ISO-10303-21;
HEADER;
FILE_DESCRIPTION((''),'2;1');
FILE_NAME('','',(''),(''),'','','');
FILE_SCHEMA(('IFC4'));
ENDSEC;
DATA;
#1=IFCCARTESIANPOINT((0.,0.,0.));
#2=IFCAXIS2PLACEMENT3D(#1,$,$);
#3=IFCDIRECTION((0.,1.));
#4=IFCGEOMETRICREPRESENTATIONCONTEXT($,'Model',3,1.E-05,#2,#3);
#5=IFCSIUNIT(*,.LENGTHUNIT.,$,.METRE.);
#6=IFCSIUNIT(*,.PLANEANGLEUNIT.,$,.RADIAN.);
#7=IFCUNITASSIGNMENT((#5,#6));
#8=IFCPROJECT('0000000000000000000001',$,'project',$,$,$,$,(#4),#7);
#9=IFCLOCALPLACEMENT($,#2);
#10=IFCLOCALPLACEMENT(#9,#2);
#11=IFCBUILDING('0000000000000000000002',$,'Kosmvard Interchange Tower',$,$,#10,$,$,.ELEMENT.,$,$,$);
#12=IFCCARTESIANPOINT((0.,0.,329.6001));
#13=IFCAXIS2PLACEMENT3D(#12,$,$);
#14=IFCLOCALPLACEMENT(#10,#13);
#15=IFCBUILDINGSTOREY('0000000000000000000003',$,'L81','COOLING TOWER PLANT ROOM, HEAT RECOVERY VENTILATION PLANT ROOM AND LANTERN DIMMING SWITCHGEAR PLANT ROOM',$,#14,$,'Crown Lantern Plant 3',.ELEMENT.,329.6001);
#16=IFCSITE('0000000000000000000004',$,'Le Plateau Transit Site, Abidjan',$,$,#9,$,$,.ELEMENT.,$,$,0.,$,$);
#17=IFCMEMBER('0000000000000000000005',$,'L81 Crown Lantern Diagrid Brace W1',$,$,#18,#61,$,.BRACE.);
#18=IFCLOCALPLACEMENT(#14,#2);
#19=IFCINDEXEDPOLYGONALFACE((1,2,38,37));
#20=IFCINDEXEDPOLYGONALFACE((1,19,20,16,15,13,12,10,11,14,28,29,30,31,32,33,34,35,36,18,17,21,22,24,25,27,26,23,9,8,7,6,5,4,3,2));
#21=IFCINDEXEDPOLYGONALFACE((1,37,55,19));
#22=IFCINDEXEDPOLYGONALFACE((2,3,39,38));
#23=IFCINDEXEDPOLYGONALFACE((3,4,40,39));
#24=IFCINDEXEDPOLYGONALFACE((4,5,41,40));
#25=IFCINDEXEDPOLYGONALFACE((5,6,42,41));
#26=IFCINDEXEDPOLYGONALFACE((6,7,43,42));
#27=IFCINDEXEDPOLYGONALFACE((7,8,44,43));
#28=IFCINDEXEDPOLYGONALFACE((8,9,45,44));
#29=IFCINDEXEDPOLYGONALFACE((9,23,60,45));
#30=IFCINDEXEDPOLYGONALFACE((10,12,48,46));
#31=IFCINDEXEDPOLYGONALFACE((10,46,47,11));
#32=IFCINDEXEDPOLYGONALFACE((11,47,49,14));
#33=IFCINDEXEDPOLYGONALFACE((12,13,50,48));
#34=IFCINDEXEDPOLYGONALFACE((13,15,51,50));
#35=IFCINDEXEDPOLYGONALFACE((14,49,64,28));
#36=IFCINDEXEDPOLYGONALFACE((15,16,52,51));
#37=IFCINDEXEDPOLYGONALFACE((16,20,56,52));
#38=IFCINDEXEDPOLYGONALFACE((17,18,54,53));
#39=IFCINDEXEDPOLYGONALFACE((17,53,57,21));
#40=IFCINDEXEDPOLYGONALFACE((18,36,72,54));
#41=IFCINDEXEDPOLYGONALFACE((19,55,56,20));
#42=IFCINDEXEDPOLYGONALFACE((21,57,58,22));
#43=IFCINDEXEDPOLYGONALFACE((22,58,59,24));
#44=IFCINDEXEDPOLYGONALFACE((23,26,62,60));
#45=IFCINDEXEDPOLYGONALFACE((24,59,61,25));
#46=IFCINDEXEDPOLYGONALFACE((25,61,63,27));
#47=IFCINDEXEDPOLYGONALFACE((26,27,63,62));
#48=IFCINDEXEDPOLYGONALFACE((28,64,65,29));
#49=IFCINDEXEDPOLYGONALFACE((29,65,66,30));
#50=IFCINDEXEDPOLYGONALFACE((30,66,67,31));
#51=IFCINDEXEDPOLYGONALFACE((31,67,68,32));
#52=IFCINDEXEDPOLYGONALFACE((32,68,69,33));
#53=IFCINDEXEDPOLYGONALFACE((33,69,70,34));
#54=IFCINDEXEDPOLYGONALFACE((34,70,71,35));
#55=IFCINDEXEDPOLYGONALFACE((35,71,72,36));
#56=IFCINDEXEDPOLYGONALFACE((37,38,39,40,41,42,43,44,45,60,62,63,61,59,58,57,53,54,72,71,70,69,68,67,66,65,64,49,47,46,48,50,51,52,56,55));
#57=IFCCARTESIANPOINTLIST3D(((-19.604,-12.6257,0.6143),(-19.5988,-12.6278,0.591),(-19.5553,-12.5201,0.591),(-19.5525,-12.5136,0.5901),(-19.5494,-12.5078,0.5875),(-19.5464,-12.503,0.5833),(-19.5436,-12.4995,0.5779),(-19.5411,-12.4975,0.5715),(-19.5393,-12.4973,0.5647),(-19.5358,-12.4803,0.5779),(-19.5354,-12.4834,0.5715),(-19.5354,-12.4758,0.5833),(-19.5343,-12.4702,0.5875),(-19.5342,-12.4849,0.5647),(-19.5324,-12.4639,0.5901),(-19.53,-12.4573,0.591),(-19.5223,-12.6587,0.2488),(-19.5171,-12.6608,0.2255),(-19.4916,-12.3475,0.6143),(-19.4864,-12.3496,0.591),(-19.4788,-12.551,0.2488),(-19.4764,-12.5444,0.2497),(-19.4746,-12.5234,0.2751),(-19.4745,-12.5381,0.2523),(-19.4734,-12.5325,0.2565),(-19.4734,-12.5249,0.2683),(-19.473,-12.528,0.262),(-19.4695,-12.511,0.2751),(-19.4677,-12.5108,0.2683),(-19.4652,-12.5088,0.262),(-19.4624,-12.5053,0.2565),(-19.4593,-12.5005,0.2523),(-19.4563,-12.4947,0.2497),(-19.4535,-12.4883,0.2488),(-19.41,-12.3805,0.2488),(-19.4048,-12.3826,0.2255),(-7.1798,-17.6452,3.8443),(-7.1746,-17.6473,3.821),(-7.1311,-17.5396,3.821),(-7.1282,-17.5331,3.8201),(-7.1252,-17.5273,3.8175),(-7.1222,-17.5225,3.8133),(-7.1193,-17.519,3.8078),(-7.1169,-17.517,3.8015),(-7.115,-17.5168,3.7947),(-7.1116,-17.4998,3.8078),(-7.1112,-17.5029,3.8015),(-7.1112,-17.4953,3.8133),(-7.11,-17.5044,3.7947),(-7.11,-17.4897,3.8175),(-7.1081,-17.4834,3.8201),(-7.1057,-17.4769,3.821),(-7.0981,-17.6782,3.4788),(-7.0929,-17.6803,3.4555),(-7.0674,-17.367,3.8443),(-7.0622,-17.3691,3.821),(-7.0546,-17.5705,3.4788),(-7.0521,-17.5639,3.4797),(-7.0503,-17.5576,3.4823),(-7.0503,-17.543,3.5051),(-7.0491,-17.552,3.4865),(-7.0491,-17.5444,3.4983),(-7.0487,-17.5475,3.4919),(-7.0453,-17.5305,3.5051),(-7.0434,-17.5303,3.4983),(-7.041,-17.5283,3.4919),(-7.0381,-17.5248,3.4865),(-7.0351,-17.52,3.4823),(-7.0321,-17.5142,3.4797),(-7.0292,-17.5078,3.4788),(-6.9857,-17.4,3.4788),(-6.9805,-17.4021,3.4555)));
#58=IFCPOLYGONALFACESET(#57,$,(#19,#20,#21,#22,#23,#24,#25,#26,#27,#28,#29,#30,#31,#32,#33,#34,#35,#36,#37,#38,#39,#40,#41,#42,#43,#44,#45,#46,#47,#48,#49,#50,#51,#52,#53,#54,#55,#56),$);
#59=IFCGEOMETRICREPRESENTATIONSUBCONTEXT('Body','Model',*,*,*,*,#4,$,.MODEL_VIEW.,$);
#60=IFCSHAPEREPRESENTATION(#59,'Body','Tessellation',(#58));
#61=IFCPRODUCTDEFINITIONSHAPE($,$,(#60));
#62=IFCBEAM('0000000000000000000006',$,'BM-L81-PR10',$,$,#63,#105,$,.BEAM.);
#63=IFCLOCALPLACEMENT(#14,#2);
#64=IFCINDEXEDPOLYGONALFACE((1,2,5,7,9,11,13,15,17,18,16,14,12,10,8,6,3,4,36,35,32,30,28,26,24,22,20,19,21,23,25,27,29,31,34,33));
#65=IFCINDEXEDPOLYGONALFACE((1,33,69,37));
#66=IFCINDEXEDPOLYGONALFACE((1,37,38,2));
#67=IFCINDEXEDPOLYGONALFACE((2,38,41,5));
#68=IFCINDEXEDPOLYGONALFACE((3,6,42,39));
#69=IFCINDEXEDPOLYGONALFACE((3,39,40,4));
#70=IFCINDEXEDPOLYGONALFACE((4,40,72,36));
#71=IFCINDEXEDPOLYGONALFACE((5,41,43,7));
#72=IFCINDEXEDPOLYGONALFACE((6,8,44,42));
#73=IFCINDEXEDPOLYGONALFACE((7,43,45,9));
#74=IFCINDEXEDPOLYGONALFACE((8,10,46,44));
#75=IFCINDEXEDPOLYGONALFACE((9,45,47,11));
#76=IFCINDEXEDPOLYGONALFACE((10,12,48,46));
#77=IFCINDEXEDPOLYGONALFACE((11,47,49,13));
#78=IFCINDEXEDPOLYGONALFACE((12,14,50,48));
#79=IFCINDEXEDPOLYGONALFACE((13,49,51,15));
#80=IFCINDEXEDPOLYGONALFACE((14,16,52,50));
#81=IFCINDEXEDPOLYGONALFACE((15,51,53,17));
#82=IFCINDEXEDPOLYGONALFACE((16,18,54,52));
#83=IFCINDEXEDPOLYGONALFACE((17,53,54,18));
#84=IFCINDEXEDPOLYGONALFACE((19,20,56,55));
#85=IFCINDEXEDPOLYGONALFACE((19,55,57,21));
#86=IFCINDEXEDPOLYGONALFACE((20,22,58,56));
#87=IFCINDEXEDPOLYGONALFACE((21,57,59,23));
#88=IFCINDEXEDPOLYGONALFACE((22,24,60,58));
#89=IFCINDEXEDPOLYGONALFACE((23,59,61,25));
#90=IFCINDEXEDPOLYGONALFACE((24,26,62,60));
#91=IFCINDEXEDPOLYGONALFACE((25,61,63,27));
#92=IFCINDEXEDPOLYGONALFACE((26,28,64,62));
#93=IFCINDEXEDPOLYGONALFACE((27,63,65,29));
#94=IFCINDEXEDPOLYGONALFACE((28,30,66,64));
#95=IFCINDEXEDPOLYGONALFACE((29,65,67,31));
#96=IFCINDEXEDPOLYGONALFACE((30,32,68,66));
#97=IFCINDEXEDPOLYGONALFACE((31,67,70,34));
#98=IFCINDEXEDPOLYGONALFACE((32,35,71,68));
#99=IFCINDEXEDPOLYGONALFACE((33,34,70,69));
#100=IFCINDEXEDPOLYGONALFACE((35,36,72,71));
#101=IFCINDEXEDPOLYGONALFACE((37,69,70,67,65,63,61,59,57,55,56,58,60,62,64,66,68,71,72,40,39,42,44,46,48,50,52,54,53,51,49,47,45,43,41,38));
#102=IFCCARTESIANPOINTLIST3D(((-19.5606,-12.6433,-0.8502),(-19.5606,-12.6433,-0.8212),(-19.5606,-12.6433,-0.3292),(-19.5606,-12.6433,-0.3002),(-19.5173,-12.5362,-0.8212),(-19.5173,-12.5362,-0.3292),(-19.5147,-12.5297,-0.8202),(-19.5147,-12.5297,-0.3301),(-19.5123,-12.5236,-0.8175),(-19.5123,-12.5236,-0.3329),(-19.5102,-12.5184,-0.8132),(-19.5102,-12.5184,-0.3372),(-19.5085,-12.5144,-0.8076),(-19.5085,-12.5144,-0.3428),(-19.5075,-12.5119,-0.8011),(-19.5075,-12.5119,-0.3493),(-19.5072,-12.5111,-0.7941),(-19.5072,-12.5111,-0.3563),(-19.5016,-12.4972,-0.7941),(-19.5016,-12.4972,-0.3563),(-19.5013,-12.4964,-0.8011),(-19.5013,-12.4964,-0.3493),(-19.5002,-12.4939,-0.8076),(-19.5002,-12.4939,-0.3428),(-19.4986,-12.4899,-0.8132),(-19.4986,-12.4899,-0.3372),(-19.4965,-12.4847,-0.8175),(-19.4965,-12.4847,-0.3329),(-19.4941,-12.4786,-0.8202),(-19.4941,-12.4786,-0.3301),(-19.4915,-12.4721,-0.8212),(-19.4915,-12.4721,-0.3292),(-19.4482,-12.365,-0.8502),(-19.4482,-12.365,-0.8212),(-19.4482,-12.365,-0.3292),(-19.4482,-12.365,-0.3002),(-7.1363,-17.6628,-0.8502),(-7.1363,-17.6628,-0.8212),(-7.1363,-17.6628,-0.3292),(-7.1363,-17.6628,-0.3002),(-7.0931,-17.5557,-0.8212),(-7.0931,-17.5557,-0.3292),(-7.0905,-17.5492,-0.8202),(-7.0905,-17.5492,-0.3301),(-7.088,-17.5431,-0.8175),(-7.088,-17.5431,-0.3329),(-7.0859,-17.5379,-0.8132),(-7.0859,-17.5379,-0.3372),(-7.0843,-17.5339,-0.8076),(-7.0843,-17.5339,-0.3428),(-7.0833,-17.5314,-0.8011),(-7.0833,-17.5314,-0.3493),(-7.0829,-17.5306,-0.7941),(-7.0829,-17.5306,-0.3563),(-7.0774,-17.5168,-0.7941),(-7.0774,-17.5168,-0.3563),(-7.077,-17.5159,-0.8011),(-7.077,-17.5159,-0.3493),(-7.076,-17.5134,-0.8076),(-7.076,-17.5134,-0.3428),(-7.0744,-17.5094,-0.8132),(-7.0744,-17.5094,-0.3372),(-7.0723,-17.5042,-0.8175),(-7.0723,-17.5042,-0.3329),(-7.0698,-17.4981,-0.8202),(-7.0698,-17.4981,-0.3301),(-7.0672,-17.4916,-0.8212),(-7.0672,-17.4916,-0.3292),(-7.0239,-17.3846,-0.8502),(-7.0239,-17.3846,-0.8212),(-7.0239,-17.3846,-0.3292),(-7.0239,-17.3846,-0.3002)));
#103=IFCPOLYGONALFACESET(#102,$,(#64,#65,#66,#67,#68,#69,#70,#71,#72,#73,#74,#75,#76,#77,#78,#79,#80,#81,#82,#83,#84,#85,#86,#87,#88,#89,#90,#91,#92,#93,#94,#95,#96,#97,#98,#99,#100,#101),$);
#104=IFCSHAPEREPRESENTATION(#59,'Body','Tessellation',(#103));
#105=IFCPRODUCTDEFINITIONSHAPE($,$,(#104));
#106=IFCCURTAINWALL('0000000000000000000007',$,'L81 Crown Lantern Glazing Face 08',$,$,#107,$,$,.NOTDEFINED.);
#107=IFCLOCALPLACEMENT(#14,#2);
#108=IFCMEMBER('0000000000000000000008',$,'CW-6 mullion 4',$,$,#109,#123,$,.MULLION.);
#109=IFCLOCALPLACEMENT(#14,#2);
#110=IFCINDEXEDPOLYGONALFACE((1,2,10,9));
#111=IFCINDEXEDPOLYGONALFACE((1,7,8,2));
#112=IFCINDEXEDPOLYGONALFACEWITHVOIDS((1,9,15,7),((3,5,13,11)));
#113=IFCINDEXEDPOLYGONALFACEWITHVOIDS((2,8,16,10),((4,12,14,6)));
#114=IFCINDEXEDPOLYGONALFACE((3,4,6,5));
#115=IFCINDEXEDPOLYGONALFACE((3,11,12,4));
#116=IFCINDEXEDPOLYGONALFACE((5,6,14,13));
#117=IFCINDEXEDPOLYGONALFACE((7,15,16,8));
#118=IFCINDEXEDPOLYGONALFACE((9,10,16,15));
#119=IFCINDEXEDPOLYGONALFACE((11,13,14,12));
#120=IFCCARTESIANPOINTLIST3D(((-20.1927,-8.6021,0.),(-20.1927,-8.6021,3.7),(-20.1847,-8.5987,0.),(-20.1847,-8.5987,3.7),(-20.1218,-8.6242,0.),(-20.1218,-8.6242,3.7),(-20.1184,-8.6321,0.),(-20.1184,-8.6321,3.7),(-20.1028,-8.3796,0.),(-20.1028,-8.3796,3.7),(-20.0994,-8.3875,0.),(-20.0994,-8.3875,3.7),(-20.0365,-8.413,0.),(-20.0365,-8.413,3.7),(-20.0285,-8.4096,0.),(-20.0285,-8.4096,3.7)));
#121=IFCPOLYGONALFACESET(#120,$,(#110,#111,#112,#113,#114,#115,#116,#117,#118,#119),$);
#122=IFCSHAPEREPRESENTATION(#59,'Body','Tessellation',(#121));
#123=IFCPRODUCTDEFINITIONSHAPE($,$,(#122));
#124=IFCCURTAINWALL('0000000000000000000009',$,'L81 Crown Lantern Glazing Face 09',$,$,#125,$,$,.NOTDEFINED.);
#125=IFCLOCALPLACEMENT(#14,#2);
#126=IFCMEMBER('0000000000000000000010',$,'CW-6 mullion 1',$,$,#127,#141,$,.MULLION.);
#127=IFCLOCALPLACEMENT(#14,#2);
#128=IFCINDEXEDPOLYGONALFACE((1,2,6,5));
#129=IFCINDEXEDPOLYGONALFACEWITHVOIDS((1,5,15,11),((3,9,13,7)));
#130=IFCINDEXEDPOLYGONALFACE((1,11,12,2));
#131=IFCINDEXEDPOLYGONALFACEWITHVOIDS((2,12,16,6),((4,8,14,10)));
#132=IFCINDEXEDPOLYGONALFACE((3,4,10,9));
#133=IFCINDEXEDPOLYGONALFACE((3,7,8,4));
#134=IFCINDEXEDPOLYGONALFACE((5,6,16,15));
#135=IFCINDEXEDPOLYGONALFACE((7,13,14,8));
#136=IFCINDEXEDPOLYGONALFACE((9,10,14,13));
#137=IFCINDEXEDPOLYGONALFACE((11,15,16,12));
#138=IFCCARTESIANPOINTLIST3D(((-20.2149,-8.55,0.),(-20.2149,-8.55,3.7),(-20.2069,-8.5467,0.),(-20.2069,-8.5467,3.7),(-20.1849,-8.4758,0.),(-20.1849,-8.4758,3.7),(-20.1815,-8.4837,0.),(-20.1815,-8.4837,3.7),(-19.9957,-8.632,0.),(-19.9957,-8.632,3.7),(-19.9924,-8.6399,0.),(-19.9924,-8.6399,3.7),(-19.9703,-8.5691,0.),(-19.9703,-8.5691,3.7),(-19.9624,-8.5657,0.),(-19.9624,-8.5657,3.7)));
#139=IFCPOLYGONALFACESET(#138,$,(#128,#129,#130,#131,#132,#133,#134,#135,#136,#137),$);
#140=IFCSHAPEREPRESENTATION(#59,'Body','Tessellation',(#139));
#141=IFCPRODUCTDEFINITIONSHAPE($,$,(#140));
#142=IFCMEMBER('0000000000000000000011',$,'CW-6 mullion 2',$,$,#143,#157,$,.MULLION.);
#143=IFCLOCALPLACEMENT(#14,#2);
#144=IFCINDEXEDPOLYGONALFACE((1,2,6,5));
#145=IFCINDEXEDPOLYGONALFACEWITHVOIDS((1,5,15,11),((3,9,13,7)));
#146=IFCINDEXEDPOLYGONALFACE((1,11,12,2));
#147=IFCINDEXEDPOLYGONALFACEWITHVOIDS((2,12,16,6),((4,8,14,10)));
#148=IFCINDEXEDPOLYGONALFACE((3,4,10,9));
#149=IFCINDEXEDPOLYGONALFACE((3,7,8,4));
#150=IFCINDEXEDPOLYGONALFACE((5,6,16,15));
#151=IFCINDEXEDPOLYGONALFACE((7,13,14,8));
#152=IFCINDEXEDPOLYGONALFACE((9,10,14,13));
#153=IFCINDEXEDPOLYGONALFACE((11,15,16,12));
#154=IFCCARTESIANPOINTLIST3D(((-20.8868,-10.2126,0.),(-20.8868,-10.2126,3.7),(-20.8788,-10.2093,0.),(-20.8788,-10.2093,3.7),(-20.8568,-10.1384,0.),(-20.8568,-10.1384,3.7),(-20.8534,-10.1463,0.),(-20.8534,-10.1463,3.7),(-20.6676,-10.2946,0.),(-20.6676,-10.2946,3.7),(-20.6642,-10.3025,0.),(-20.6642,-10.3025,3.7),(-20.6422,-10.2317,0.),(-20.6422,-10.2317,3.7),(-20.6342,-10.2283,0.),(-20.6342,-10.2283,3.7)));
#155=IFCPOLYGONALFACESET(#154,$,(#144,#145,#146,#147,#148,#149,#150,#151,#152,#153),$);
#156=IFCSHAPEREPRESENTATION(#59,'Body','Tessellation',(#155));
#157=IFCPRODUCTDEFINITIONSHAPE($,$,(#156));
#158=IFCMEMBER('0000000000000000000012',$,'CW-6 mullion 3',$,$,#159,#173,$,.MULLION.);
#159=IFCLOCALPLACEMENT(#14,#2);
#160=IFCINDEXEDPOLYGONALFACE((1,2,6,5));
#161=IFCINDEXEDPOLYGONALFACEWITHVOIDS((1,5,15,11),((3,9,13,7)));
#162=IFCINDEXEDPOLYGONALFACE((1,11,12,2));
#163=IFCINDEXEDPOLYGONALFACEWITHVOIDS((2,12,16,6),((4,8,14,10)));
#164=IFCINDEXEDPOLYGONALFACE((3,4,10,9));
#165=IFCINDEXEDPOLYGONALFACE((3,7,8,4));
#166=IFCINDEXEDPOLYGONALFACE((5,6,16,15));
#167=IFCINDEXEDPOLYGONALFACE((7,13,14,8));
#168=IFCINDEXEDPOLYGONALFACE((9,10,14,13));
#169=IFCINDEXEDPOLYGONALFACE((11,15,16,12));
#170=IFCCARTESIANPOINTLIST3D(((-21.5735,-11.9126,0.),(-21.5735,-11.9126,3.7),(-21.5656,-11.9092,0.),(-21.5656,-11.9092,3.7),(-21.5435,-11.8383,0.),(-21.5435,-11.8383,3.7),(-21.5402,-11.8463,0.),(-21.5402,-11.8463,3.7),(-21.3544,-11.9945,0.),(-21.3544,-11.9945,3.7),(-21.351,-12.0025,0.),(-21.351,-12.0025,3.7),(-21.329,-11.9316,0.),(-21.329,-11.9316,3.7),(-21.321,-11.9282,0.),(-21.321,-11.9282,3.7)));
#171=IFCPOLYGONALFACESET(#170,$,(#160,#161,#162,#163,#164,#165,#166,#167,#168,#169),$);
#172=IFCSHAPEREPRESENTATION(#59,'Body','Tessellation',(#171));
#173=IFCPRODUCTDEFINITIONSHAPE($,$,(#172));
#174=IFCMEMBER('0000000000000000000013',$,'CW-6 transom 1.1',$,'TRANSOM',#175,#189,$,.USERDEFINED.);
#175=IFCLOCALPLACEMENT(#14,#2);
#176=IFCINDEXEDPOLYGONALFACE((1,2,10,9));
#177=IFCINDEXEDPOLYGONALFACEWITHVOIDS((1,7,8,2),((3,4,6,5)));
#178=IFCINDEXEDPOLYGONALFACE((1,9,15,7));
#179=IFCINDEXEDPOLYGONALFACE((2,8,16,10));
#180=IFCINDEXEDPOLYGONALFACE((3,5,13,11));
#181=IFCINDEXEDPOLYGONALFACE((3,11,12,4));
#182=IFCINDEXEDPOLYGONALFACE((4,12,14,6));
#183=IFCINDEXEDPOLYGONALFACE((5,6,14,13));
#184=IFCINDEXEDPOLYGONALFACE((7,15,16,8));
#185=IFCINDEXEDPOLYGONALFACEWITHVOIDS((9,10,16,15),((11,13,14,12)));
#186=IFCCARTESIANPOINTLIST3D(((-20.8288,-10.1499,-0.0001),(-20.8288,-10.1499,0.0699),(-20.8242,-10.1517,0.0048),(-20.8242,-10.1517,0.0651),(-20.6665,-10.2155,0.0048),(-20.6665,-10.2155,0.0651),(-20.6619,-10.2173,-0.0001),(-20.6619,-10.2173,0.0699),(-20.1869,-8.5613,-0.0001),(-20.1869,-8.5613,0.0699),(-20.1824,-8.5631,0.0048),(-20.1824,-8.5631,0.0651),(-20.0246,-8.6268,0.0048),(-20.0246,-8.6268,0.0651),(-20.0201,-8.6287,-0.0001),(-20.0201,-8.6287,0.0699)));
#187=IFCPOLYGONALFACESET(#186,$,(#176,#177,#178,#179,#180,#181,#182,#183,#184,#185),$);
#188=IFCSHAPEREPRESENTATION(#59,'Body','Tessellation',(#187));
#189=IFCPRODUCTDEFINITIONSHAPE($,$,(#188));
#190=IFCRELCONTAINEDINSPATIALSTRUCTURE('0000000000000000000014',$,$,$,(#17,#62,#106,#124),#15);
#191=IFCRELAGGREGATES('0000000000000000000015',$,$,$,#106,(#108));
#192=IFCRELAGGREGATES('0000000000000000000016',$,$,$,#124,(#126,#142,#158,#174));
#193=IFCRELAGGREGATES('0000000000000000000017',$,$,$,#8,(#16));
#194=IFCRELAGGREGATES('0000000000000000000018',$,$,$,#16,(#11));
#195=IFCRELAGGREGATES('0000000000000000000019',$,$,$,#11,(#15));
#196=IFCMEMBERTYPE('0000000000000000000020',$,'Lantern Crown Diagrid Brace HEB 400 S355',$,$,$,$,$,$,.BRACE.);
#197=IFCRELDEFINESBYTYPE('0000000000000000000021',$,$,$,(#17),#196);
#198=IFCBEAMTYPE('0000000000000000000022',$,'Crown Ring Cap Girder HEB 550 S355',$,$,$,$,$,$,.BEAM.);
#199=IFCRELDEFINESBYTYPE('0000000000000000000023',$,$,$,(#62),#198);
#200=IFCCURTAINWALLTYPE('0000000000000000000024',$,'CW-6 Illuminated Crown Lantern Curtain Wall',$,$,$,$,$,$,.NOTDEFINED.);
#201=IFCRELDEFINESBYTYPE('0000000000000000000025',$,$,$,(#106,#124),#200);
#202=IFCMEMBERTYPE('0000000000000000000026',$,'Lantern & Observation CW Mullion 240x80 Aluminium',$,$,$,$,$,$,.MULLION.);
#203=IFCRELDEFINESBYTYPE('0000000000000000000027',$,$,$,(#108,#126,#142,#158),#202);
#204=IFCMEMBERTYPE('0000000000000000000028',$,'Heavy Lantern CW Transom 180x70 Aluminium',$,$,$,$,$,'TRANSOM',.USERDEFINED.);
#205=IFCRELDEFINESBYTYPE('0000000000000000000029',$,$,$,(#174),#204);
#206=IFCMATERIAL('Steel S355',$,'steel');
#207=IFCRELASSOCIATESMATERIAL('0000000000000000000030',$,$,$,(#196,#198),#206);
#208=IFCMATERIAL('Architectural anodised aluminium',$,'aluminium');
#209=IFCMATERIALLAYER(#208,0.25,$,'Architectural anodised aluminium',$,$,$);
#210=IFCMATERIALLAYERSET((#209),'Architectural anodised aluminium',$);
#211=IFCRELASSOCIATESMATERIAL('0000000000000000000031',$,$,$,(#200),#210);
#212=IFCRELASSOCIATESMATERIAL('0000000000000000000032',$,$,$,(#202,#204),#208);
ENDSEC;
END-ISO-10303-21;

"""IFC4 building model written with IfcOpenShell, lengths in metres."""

from ifc_helpers import new_model, si_unit, direction, frame, origin, origin_2d, place, context, subcontext, project, spatial, hollow_rectangle, i_section, extrude, source, transform, mapped, material, layer, layer_set, material_profile, profile_set, type_object, element, aggregate, save


model = new_model("IFC4")

# Units and contexts
model_context = context("Model", 3, precision=1e-05, world=origin(), true_north=direction((0.0, 1.0)))
body_context = subcontext(model_context, "Body", "Model", "MODEL_VIEW")
ifc_project = project(units=[si_unit("LENGTHUNIT", "METRE"), si_unit("PLANEANGLEUNIT", "RADIAN")], contexts=[model_context])

# Site, building, storey
site_placement = place(None, origin())
site = spatial("IfcSite", under=ifc_project, at=site_placement, Name="Le Plateau Transit Site, Abidjan", CompositionType="ELEMENT", RefElevation=0.0)
building_placement = place(site_placement, origin())
building = spatial("IfcBuilding", under=site, at=building_placement, Name="Kosmvard Interchange Tower", CompositionType="ELEMENT")
storey_placement = place(building_placement, frame((0.0, 0.0, 329.6001)))
storey = spatial("IfcBuildingStorey", under=building, at=storey_placement, Name="L81", Description="COOLING TOWER PLANT ROOM, HEAT RECOVERY VENTILATION PLANT ROOM AND LANTERN DIMMING SWITCHGEAR PLANT ROOM", LongName="Crown Lantern Plant 3", CompositionType="ELEMENT", Elevation=329.6001)

# Member
ifc_material_1 = material(Name="Steel S355", Category="steel")
ifc_material_profile_1 = material_profile(ifc_material_1, i_section(OverallWidth=0.3, OverallDepth=0.3999, WebThickness=0.0134, FlangeThickness=0.0239, FilletRadius=0.0271, at=origin_2d()), Name="HEB 400")
ifc_profile_set_1 = profile_set([ifc_material_profile_1], Name="Steel S355")
member_type_1 = type_object("IfcMemberType", Name="Lantern Crown Diagrid Brace HEB 400 S355", PredefinedType="BRACE", material=ifc_profile_set_1)
shared_shape_1 = source(origin(), body_context, "Body", "SweptSolid", [
    extrude(i_section(OverallWidth=0.3, OverallDepth=0.3999, WebThickness=0.0134, FlangeThickness=0.0239, FilletRadius=0.0271, at=origin_2d()), origin(), (0.0, 0.0, 1.0), 13.7837),
])
member_1_placement = place(storey_placement, frame((-19.5044, -12.5042, 0.4199), z_axis=(0.901373, -0.364163, 0.234332), x_axis=(0.374593, 0.92719, 0.0)))
element("IfcMember", 1, at=member_1_placement, inside=storey, type_object=member_type_1, Name="L81 Crown Lantern Diagrid Brace W1", PredefinedType="BRACE", context=body_context, shape_type="MappedRepresentation", body=[
    mapped(shared_shape_1, transform((0.0, 0.0, 0.0), scale=1.0)),
])

# Beam
ifc_material_profile_2 = material_profile(ifc_material_1, i_section(OverallWidth=0.3, OverallDepth=0.55, WebThickness=0.0149, FlangeThickness=0.0291, FilletRadius=0.0271, at=origin_2d()), Name="HEB 550")
ifc_profile_set_2 = profile_set([ifc_material_profile_2], Name="Steel S355")
beam_type = type_object("IfcBeamType", Name="Crown Ring Cap Girder HEB 550 S355", PredefinedType="BEAM", material=ifc_profile_set_2)
shared_shape_2 = source(origin(), body_context, "Body", "SweptSolid", [
    extrude(i_section(OverallWidth=0.3, OverallDepth=0.55, WebThickness=0.0149, FlangeThickness=0.0291, FilletRadius=0.0271, at=origin_2d()), origin(), (0.0, 0.0, 1.0), 13.3999),
])
beam_placement = place(storey_placement, frame((-19.5044, -12.5042, -0.5752), z_axis=(0.92719, -0.374593, 0.0), x_axis=(0.374593, 0.92719, 0.0)))
element("IfcBeam", 2, at=beam_placement, inside=storey, type_object=beam_type, Name="BM-L81-PR10", PredefinedType="BEAM", context=body_context, shape_type="MappedRepresentation", body=[
    mapped(shared_shape_2, transform((0.0, 0.0, 0.0), scale=1.0)),
])

# Curtain wall, member
ifc_material_2 = material(Name="Architectural anodised aluminium", Category="aluminium")
ifc_layer_1 = layer(ifc_material_2, 0.25, Name="Architectural anodised aluminium")
ifc_layer_set_1 = layer_set([ifc_layer_1], Name="Architectural anodised aluminium")
curtain_wall_type = type_object("IfcCurtainWallType", Name="CW-6 Illuminated Crown Lantern Curtain Wall", PredefinedType="NOTDEFINED", material=ifc_layer_set_1)
curtain_wall_1_placement = place(storey_placement, origin())
curtain_wall_1 = element("IfcCurtainWall", 3, at=curtain_wall_1_placement, inside=storey, type_object=curtain_wall_type, Name="L81 Crown Lantern Glazing Face 08", PredefinedType="NOTDEFINED")
ifc_material_profile_3 = material_profile(ifc_material_2, hollow_rectangle(XDim=0.24, YDim=0.0801, WallThickness=0.0061, at=origin_2d()), Name="CWM 240x80x6")
ifc_profile_set_3 = profile_set([ifc_material_profile_3], Name="Architectural anodised aluminium")
member_type_2 = type_object("IfcMemberType", Name="Lantern & Observation CW Mullion 240x80 Aluminium", PredefinedType="MULLION", material=ifc_profile_set_3)
shared_shape_3 = source(origin(), body_context, "Body", "SweptSolid", [
    extrude(hollow_rectangle(XDim=0.24, YDim=0.0801, WallThickness=0.0061, at=origin_2d()), origin(), (0.0, 0.0, 1.0), 3.7),
])
member_2_placement = place(storey_placement, frame((-20.1106, -8.5059, 0.0), z_axis=(0.0, 0.0, 1.0), x_axis=(0.374607, 0.927184, 0.0)))
member_2 = element("IfcMember", 4, at=member_2_placement, type_object=member_type_2, Name="CW-6 mullion 4", PredefinedType="MULLION", context=body_context, shape_type="MappedRepresentation", body=[
    mapped(shared_shape_3, transform((0.0, 0.0, 0.0), scale=1.0)),
])

# Curtain wall, members
curtain_wall_2_placement = place(storey_placement, origin())
curtain_wall_2 = element("IfcCurtainWall", 5, at=curtain_wall_2_placement, inside=storey, type_object=curtain_wall_type, Name="L81 Crown Lantern Glazing Face 09", PredefinedType="NOTDEFINED")
member_3_placement = place(storey_placement, frame((-20.0886, -8.5579, 0.0), z_axis=(0.0, 0.0, 1.0), x_axis=(0.927184, -0.374607, 0.0)))
member_3 = element("IfcMember", 6, at=member_3_placement, type_object=member_type_2, Name="CW-6 mullion 1", PredefinedType="MULLION", context=body_context, shape_type="MappedRepresentation", body=[
    mapped(shared_shape_3, transform((0.0, 0.0, 0.0), scale=1.0)),
])
member_4_placement = place(storey_placement, frame((-20.7605, -10.2205, 0.0), z_axis=(0.0, 0.0, 1.0), x_axis=(0.927184, -0.374607, 0.0)))
member_4 = element("IfcMember", 7, at=member_4_placement, type_object=member_type_2, Name="CW-6 mullion 2", PredefinedType="MULLION", context=body_context, shape_type="MappedRepresentation", body=[
    mapped(shared_shape_3, transform((0.0, 0.0, 0.0), scale=1.0)),
])
member_5_placement = place(storey_placement, frame((-21.4473, -11.9204, 0.0), z_axis=(0.0, 0.0, 1.0), x_axis=(0.927184, -0.374607, 0.0)))
member_5 = element("IfcMember", 8, at=member_5_placement, type_object=member_type_2, Name="CW-6 mullion 3", PredefinedType="MULLION", context=body_context, shape_type="MappedRepresentation", body=[
    mapped(shared_shape_3, transform((0.0, 0.0, 0.0), scale=1.0)),
])
ifc_material_profile_4 = material_profile(ifc_material_2, hollow_rectangle(XDim=0.1799, YDim=0.0701, WallThickness=0.0049, at=origin_2d()), Name="CWT 180x70x5")
ifc_profile_set_4 = profile_set([ifc_material_profile_4], Name="Architectural anodised aluminium")
member_type_3 = type_object("IfcMemberType", Name="Heavy Lantern CW Transom 180x70 Aluminium", ElementType="TRANSOM", PredefinedType="USERDEFINED", material=ifc_profile_set_4)
shared_shape_4 = source(origin(), body_context, "Body", "SweptSolid", [
    extrude(hollow_rectangle(XDim=0.1799, YDim=0.0701, WallThickness=0.0049, at=origin_2d()), origin(), (0.0, 0.0, 1.0), 1.7134),
])
member_6_placement = place(storey_placement, frame((-20.1035, -8.595, 0.0349), z_axis=(-0.374607, -0.927184, 0.0), x_axis=(0.927184, -0.374607, 0.0)))
member_6 = element("IfcMember", 9, at=member_6_placement, type_object=member_type_3, Name="CW-6 transom 1.1", ObjectType="TRANSOM", PredefinedType="USERDEFINED", context=body_context, shape_type="MappedRepresentation", body=[
    mapped(shared_shape_4, transform((0.0, 0.0, 0.0), scale=1.0)),
])

aggregate(curtain_wall_1, [member_2])
aggregate(curtain_wall_2, [member_3, member_4, member_5, member_6])

save(model, "model.ifc")
